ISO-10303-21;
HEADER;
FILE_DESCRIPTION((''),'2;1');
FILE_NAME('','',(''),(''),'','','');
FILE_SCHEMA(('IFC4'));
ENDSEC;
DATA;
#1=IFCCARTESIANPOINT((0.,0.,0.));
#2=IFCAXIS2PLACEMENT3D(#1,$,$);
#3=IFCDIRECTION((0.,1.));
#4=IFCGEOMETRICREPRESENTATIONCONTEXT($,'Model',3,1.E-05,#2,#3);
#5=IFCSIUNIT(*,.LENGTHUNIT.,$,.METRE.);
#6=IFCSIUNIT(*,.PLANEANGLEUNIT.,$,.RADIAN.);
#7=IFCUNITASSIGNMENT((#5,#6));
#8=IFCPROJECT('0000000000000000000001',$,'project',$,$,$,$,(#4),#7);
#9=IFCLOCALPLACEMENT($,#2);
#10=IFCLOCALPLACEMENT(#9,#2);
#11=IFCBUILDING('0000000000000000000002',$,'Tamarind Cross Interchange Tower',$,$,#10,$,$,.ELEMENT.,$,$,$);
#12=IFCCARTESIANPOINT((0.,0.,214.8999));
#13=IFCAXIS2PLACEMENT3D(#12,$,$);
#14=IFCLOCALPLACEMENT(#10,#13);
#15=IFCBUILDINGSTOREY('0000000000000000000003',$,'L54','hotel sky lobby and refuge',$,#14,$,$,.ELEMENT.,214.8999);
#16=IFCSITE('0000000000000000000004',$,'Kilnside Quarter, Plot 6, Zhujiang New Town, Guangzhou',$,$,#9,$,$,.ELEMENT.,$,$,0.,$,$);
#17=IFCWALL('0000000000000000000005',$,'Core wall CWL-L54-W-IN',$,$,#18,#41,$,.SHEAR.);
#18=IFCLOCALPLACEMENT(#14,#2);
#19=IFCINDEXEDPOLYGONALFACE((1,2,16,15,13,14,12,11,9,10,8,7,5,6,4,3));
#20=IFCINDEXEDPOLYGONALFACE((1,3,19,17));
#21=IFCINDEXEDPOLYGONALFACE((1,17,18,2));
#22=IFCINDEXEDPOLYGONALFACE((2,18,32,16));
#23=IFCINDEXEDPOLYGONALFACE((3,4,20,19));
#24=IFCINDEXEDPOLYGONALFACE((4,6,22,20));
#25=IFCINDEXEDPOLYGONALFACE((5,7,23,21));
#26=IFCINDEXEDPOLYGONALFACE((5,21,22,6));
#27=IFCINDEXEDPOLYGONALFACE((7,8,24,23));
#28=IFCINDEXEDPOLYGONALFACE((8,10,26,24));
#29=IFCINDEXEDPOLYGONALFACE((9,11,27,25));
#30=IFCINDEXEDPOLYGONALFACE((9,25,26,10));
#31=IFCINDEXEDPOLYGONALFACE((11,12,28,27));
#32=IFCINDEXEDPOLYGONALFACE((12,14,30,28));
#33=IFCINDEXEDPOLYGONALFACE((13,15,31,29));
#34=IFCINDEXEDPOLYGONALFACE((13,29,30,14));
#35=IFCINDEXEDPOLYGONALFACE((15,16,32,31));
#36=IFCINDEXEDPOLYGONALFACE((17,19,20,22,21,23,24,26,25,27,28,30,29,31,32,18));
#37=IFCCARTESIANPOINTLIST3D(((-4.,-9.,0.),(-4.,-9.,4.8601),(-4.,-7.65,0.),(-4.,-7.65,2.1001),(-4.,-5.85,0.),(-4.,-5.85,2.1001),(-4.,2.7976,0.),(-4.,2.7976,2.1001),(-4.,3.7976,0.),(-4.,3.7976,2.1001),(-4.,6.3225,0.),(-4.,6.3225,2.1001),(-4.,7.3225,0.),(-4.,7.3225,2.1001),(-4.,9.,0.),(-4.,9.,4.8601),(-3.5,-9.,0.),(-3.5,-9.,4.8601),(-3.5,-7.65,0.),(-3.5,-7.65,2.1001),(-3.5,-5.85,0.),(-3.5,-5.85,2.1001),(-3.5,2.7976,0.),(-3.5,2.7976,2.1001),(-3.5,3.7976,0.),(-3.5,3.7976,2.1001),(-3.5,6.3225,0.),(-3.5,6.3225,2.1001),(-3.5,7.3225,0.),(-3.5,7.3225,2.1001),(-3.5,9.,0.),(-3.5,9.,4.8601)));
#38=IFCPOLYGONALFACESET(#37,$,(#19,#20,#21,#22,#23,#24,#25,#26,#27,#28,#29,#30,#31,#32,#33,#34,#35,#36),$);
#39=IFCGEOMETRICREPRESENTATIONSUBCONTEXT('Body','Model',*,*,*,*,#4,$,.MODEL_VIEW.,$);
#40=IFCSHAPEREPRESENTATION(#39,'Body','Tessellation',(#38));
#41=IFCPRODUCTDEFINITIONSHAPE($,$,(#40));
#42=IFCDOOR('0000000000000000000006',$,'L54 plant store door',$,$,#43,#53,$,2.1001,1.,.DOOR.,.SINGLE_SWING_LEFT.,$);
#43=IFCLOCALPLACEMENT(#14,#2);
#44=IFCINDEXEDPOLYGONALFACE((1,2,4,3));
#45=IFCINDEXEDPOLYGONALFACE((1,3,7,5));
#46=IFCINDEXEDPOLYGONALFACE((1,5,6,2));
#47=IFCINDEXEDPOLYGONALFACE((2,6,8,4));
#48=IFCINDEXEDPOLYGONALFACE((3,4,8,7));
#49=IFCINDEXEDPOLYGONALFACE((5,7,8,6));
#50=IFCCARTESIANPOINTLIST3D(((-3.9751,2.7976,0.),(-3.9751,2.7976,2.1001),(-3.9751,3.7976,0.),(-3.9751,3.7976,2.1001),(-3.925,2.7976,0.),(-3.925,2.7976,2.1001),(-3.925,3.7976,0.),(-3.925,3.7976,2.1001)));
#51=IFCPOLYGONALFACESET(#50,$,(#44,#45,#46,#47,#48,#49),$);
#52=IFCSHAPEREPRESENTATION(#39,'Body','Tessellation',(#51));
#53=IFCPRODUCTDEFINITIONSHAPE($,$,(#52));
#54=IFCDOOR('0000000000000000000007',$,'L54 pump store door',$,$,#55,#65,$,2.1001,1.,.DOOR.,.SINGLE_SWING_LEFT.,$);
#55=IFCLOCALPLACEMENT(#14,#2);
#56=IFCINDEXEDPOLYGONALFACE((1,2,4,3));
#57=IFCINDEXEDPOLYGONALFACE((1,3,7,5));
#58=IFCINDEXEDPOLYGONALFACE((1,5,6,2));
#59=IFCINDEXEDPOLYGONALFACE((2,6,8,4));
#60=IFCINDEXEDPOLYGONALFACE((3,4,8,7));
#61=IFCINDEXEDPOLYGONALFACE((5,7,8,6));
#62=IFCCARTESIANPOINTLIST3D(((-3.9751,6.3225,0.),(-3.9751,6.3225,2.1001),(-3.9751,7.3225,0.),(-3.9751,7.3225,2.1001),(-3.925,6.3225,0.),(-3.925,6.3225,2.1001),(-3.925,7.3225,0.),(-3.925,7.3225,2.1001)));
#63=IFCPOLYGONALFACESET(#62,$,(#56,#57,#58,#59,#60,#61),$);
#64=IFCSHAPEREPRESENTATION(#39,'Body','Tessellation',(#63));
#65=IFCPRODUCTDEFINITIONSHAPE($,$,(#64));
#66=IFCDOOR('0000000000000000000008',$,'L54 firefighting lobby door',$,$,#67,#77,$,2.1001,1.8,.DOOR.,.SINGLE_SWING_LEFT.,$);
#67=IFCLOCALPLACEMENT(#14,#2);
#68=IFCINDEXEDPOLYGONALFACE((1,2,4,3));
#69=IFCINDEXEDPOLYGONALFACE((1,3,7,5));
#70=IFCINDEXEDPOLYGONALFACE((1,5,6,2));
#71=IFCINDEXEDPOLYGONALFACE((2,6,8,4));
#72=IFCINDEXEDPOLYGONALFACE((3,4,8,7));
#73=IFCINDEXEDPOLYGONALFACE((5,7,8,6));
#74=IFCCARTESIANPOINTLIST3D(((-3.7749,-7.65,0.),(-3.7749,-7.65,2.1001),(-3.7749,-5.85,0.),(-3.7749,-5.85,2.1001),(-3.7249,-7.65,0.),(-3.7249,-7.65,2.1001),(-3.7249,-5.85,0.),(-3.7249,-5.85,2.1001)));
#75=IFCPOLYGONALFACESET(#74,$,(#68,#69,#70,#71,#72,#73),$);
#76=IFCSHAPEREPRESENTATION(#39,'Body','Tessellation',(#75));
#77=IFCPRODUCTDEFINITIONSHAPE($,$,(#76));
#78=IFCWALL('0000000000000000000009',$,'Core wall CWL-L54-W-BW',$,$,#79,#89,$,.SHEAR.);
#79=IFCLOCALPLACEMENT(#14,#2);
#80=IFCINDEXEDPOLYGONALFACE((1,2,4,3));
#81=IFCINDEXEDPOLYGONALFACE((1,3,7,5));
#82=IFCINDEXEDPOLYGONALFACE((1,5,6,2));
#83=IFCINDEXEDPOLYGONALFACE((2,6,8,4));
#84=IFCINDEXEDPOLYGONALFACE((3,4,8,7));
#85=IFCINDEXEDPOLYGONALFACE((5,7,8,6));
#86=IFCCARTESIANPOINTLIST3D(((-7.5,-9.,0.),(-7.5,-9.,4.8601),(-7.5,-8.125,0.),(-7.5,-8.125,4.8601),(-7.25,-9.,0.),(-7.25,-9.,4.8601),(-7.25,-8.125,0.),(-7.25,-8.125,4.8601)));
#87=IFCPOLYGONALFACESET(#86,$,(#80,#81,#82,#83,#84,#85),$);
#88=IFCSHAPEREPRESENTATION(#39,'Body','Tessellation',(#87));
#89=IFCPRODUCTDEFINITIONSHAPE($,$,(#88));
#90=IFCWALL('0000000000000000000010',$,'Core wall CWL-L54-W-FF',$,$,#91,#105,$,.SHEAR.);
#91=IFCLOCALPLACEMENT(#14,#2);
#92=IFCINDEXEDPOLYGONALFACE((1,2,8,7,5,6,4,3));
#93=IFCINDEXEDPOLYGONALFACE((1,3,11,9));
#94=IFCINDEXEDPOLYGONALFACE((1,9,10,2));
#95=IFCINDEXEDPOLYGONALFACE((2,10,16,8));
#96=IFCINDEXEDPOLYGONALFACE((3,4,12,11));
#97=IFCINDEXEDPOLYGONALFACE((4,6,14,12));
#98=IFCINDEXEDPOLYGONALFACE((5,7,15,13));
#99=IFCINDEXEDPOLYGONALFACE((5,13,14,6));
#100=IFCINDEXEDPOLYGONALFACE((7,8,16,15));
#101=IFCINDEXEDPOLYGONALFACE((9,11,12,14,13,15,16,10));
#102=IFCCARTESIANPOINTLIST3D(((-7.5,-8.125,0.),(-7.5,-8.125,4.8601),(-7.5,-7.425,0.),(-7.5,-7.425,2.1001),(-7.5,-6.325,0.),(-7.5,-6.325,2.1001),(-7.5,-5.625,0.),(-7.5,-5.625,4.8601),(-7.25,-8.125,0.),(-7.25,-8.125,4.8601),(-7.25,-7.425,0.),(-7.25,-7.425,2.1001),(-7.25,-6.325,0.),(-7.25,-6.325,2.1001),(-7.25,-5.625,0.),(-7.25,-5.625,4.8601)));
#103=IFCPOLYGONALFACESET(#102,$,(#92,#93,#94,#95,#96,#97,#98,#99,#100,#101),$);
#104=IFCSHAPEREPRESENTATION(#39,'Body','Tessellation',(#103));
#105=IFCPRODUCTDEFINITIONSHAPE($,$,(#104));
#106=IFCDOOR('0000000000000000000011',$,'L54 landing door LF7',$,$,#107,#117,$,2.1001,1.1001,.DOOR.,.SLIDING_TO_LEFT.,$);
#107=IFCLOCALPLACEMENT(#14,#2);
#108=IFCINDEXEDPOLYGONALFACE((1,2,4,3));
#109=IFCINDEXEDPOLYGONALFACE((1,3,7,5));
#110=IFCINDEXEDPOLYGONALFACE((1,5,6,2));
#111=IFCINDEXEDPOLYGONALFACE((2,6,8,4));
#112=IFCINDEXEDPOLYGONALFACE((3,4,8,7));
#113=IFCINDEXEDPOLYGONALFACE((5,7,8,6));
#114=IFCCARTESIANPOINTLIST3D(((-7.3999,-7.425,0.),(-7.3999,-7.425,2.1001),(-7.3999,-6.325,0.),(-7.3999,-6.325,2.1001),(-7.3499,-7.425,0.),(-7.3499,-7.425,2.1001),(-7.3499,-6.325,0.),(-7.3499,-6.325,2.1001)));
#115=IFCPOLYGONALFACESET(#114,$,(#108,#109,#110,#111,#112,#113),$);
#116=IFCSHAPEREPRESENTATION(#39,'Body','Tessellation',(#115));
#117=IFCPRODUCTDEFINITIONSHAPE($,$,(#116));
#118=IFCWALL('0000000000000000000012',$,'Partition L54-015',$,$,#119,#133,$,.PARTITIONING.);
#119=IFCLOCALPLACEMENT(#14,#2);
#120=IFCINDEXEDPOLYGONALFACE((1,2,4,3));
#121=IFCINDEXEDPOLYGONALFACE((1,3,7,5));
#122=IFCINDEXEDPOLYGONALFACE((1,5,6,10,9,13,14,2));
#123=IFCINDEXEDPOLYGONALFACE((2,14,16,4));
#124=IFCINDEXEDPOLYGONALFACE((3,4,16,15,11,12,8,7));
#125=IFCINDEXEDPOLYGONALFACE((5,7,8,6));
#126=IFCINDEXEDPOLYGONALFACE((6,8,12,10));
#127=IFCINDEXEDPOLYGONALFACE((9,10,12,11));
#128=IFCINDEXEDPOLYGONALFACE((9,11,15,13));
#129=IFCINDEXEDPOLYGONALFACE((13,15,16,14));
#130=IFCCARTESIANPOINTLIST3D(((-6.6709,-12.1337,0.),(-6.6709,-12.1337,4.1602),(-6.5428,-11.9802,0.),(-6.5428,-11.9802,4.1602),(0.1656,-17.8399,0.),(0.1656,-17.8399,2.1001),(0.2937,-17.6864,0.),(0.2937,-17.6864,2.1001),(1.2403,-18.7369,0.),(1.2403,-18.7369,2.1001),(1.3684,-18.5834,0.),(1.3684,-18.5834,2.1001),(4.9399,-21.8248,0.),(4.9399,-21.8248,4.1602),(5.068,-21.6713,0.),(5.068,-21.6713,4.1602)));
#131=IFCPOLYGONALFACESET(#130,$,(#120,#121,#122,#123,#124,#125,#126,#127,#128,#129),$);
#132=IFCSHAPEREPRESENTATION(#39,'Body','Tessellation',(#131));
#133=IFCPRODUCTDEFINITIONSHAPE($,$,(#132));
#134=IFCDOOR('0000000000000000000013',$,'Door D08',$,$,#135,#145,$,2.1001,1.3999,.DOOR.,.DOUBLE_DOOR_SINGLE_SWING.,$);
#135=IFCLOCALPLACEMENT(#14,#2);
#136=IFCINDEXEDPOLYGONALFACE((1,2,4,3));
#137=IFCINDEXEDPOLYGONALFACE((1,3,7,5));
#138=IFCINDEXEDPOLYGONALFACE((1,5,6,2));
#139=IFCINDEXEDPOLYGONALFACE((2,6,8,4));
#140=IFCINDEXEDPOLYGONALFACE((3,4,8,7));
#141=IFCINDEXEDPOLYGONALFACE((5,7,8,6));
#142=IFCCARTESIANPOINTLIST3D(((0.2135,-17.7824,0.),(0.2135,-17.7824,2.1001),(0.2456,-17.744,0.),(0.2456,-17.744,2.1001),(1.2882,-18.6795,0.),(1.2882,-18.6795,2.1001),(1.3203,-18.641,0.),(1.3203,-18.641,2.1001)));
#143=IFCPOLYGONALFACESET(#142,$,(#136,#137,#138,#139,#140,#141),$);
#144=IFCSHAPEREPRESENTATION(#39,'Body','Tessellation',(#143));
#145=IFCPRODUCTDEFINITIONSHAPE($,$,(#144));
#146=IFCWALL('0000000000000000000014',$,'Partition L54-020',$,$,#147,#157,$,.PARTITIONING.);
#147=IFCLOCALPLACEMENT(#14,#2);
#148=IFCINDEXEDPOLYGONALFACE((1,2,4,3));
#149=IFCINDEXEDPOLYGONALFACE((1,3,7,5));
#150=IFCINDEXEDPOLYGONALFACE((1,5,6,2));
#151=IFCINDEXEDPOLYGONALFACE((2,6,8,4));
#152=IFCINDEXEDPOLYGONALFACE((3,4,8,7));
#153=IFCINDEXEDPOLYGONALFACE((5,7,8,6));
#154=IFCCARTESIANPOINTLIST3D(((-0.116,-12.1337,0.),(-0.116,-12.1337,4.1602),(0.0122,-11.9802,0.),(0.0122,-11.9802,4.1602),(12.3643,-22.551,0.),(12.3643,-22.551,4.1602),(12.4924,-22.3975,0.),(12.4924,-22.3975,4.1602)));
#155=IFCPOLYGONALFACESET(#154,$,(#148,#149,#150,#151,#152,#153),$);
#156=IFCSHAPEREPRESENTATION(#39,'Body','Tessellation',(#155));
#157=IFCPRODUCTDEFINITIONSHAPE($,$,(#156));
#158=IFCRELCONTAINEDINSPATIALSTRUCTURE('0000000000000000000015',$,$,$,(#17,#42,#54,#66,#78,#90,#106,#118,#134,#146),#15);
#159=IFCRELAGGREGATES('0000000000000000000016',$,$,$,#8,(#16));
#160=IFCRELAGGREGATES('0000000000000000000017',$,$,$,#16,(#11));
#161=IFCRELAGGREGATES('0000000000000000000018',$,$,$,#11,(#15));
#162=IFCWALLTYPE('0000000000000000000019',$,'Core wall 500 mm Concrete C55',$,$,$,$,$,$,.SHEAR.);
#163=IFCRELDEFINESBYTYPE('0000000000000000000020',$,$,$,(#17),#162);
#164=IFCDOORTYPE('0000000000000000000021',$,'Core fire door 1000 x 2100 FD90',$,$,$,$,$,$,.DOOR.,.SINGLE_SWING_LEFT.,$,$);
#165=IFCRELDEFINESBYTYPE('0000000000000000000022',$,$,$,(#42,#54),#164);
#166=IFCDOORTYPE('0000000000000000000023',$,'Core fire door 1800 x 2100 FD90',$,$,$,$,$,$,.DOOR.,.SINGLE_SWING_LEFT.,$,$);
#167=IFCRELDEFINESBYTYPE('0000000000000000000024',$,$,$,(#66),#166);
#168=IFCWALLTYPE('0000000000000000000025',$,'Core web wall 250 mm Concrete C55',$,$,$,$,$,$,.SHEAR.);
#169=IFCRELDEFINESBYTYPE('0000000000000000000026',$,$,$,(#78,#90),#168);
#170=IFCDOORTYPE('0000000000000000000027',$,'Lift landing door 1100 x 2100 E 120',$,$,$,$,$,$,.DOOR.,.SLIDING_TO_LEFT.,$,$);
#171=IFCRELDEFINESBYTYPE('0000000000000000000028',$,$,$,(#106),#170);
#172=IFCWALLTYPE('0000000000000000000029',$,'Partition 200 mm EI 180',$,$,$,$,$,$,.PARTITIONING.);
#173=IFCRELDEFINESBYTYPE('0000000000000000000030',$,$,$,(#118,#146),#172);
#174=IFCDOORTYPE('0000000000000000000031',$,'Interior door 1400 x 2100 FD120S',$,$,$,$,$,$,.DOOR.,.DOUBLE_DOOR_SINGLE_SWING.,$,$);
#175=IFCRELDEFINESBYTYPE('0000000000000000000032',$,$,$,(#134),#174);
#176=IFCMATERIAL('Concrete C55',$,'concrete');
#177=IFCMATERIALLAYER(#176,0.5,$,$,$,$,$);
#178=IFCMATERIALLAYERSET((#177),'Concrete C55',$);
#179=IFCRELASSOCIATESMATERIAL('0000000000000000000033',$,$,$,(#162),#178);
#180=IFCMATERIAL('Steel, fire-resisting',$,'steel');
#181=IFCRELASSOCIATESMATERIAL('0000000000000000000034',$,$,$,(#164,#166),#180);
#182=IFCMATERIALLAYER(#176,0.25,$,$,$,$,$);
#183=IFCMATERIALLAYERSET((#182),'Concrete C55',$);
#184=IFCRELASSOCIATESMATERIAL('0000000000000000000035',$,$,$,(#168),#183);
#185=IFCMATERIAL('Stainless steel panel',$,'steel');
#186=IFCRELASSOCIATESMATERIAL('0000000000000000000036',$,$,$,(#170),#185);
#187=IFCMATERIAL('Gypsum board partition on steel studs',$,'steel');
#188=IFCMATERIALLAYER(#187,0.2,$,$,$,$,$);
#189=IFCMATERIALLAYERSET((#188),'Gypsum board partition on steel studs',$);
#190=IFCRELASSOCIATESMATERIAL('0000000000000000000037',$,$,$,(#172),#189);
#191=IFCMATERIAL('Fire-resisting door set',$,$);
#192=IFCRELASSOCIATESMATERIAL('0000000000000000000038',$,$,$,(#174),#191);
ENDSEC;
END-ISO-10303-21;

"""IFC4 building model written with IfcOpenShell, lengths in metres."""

from ifc_helpers import new_model, si_unit, direction, frame, frame_2d, origin, place, context, subcontext, project, spatial, rectangle, extrude, material, layer, layer_set, type_object, element, fill, save


model = new_model("IFC4")

# Units and contexts
model_context = context("Model", 3, precision=1e-05, world=origin(), true_north=direction((0.0, 1.0)))
body_context = subcontext(model_context, "Body", "Model", "MODEL_VIEW")
ifc_project = project(units=[si_unit("LENGTHUNIT", "METRE"), si_unit("PLANEANGLEUNIT", "RADIAN")], contexts=[model_context])

# Site, building, storey
site_placement = place(None, origin())
site = spatial("IfcSite", under=ifc_project, at=site_placement, Name="Kilnside Quarter, Plot 6, Zhujiang New Town, Guangzhou", CompositionType="ELEMENT", RefElevation=0.0)
building_placement = place(site_placement, origin())
building = spatial("IfcBuilding", under=site, at=building_placement, Name="Tamarind Cross Interchange Tower", CompositionType="ELEMENT")
storey_placement = place(building_placement, frame((0.0, 0.0, 214.8999)))
storey = spatial("IfcBuildingStorey", under=building, at=storey_placement, Name="L54", Description="hotel sky lobby and refuge", CompositionType="ELEMENT", Elevation=214.8999)

# Wall, openings, doors
ifc_material_1 = material(Name="Concrete C55", Category="concrete")
ifc_layer_1 = layer(ifc_material_1, 0.5)
ifc_layer_set_1 = layer_set([ifc_layer_1], Name="Concrete C55")
wall_type_1 = type_object("IfcWallType", Name="Core wall 500 mm Concrete C55", PredefinedType="SHEAR", material=ifc_layer_set_1)
wall_1_placement = place(storey_placement, frame((-3.75, -9.0, 0.0), z_axis=(0.0, 0.0, 1.0), x_axis=(0.0, 1.0, 0.0)))
wall_1 = element("IfcWall", 1, at=wall_1_placement, inside=storey, type_object=wall_type_1, Name="Core wall CWL-L54-W-IN", PredefinedType="SHEAR", context=body_context, shape_type="SweptSolid", body=[
    extrude(rectangle(XDim=18.0, YDim=0.5, at=frame_2d((9.0, 0.0))), origin(), (0.0, 0.0, 1.0), 4.8601),
])
opening_1_placement = place(wall_1_placement, frame((1.3501, 0.0, 0.0)))
opening_1 = element("IfcOpeningElement", 2, at=opening_1_placement, cuts=wall_1, PredefinedType="OPENING", context=body_context, shape_type="SweptSolid", body=[
    extrude(rectangle(XDim=1.8, YDim=2.1001, at=frame_2d((0.8999, 1.05))), frame((0.0, 0.26, 0.0), z_axis=(0.0, -1.0, 0.0), x_axis=(1.0, 0.0, 0.0)), (0.0, 0.0, 1.0), 0.52),
])
opening_2_placement = place(wall_1_placement, frame((11.7976, 0.0, 0.0)))
opening_2 = element("IfcOpeningElement", 3, at=opening_2_placement, cuts=wall_1, PredefinedType="OPENING", context=body_context, shape_type="SweptSolid", body=[
    extrude(rectangle(XDim=1.0, YDim=2.1001, at=frame_2d((0.5, 1.05))), frame((0.0, 0.26, 0.0), z_axis=(0.0, -1.0, 0.0), x_axis=(1.0, 0.0, 0.0)), (0.0, 0.0, 1.0), 0.52),
])
opening_3_placement = place(wall_1_placement, frame((15.3225, 0.0, 0.0)))
opening_3 = element("IfcOpeningElement", 4, at=opening_3_placement, cuts=wall_1, PredefinedType="OPENING", context=body_context, shape_type="SweptSolid", body=[
    extrude(rectangle(XDim=1.0, YDim=2.1001, at=frame_2d((0.5, 1.05))), frame((0.0, 0.26, 0.0), z_axis=(0.0, -1.0, 0.0), x_axis=(1.0, 0.0, 0.0)), (0.0, 0.0, 1.0), 0.52),
])
ifc_material_2 = material(Name="Steel, fire-resisting", Category="steel")
door_type_1 = type_object("IfcDoorType", Name="Core fire door 1000 x 2100 FD90", OperationType="SINGLE_SWING_LEFT", PredefinedType="DOOR", material=ifc_material_2)
door_1_placement = place(opening_2_placement, origin())
door_1 = element("IfcDoor", 5, at=door_1_placement, inside=storey, type_object=door_type_1, Name="L54 plant store door", OperationType="SINGLE_SWING_LEFT", OverallHeight=2.1001, OverallWidth=1.0, PredefinedType="DOOR", context=body_context, shape_type="SweptSolid", body=[
    extrude(rectangle(XDim=1.0, YDim=2.1001, at=frame_2d((0.5, 1.05))), frame((0.0, 0.2251, 0.0), z_axis=(0.0, -1.0, 0.0), x_axis=(1.0, 0.0, 0.0)), (0.0, 0.0, 1.0), 0.05),
])
fill(opening_2, door_1)
door_2_placement = place(opening_3_placement, origin())
door_2 = element("IfcDoor", 6, at=door_2_placement, inside=storey, type_object=door_type_1, Name="L54 pump store door", OperationType="SINGLE_SWING_LEFT", OverallHeight=2.1001, OverallWidth=1.0, PredefinedType="DOOR", context=body_context, shape_type="SweptSolid", body=[
    extrude(rectangle(XDim=1.0, YDim=2.1001, at=frame_2d((0.5, 1.05))), frame((0.0, 0.2251, 0.0), z_axis=(0.0, -1.0, 0.0), x_axis=(1.0, 0.0, 0.0)), (0.0, 0.0, 1.0), 0.05),
])
fill(opening_3, door_2)
door_type_2 = type_object("IfcDoorType", Name="Core fire door 1800 x 2100 FD90", OperationType="SINGLE_SWING_LEFT", PredefinedType="DOOR", material=ifc_material_2)
door_3_placement = place(opening_1_placement, origin())
door_3 = element("IfcDoor", 7, at=door_3_placement, inside=storey, type_object=door_type_2, Name="L54 firefighting lobby door", OperationType="SINGLE_SWING_LEFT", OverallHeight=2.1001, OverallWidth=1.8, PredefinedType="DOOR", context=body_context, shape_type="SweptSolid", body=[
    extrude(rectangle(XDim=1.8, YDim=2.1001, at=frame_2d((0.8999, 1.05))), frame((0.0, 0.0249, 0.0), z_axis=(0.0, -1.0, 0.0), x_axis=(1.0, 0.0, 0.0)), (0.0, 0.0, 1.0), 0.05),
])
fill(opening_1, door_3)

# Wall
ifc_layer_2 = layer(ifc_material_1, 0.25)
ifc_layer_set_2 = layer_set([ifc_layer_2], Name="Concrete C55")
wall_type_2 = type_object("IfcWallType", Name="Core web wall 250 mm Concrete C55", PredefinedType="SHEAR", material=ifc_layer_set_2)
wall_2_placement = place(storey_placement, frame((-7.375, -9.0, 0.0), z_axis=(0.0, 0.0, 1.0), x_axis=(0.0, 1.0, 0.0)))
element("IfcWall", 8, at=wall_2_placement, inside=storey, type_object=wall_type_2, Name="Core wall CWL-L54-W-BW", PredefinedType="SHEAR", context=body_context, shape_type="SweptSolid", body=[
    extrude(rectangle(XDim=0.875, YDim=0.25, at=frame_2d((0.4375, 0.0))), origin(), (0.0, 0.0, 1.0), 4.8601),
])

# Walls, openings, doors
wall_3_placement = place(storey_placement, frame((-7.375, -8.125, 0.0), z_axis=(0.0, 0.0, 1.0), x_axis=(0.0, 1.0, 0.0)))
wall_3 = element("IfcWall", 9, at=wall_3_placement, inside=storey, type_object=wall_type_2, Name="Core wall CWL-L54-W-FF", PredefinedType="SHEAR", context=body_context, shape_type="SweptSolid", body=[
    extrude(rectangle(XDim=2.5, YDim=0.25, at=frame_2d((1.25, 0.0))), origin(), (0.0, 0.0, 1.0), 4.8601),
])
opening_4_placement = place(wall_3_placement, frame((0.7, 0.0, 0.0)))
opening_4 = element("IfcOpeningElement", 10, at=opening_4_placement, cuts=wall_3, PredefinedType="OPENING", context=body_context, shape_type="SweptSolid", body=[
    extrude(rectangle(XDim=1.1001, YDim=2.1001, at=frame_2d((0.55, 1.05))), frame((0.0, 0.135, 0.0), z_axis=(0.0, -1.0, 0.0), x_axis=(1.0, 0.0, 0.0)), (0.0, 0.0, 1.0), 0.27),
])
ifc_material_3 = material(Name="Stainless steel panel", Category="steel")
door_type_3 = type_object("IfcDoorType", Name="Lift landing door 1100 x 2100 E 120", OperationType="SLIDING_TO_LEFT", PredefinedType="DOOR", material=ifc_material_3)
door_4_placement = place(opening_4_placement, origin())
door_4 = element("IfcDoor", 11, at=door_4_placement, inside=storey, type_object=door_type_3, Name="L54 landing door LF7", OperationType="SLIDING_TO_LEFT", OverallHeight=2.1001, OverallWidth=1.1001, PredefinedType="DOOR", context=body_context, shape_type="SweptSolid", body=[
    extrude(rectangle(XDim=1.1001, YDim=2.1001, at=frame_2d((0.55, 1.05))), frame((0.0, 0.0249, 0.0), z_axis=(0.0, -1.0, 0.0), x_axis=(1.0, 0.0, 0.0)), (0.0, 0.0, 1.0), 0.05),
])
fill(opening_4, door_4)
ifc_material_4 = material(Name="Gypsum board partition on steel studs", Category="steel")
ifc_layer_3 = layer(ifc_material_4, 0.2)
ifc_layer_set_3 = layer_set([ifc_layer_3], Name="Gypsum board partition on steel studs")
wall_type_3 = type_object("IfcWallType", Name="Partition 200 mm EI 180", PredefinedType="PARTITIONING", material=ifc_layer_set_3)
wall_4_placement = place(storey_placement, frame((-6.6069, -12.0569, 0.0), z_axis=(0.0, 0.0, 1.0), x_axis=(0.767718, -0.640788, 0.0)))
wall_4 = element("IfcWall", 12, at=wall_4_placement, inside=storey, type_object=wall_type_3, Name="Partition L54-015", PredefinedType="PARTITIONING", context=body_context, shape_type="SweptSolid", body=[
    extrude(rectangle(XDim=15.1238, YDim=0.2, at=frame_2d((7.562, 0.0))), origin(), (0.0, 0.0, 1.0), 4.1602),
])
opening_5_placement = place(wall_4_placement, frame((8.905, 0.0, 0.0)))
opening_5 = element("IfcOpeningElement", 13, at=opening_5_placement, cuts=wall_4, PredefinedType="OPENING", context=body_context, shape_type="SweptSolid", body=[
    extrude(rectangle(XDim=1.3999, YDim=2.1001, at=frame_2d((0.7, 1.05))), frame((0.0, 0.1099, 0.0), z_axis=(0.0, -1.0, 0.0), x_axis=(1.0, 0.0, 0.0)), (0.0, 0.0, 1.0), 0.22),
])
ifc_material_5 = material(Name="Fire-resisting door set")
door_type_4 = type_object("IfcDoorType", Name="Interior door 1400 x 2100 FD120S", OperationType="DOUBLE_DOOR_SINGLE_SWING", PredefinedType="DOOR", material=ifc_material_5)
door_5_placement = place(opening_5_placement, origin())
door_5 = element("IfcDoor", 14, at=door_5_placement, inside=storey, type_object=door_type_4, Name="Door D08", OperationType="DOUBLE_DOOR_SINGLE_SWING", OverallHeight=2.1001, OverallWidth=1.3999, PredefinedType="DOOR", context=body_context, shape_type="SweptSolid", body=[
    extrude(rectangle(XDim=1.3999, YDim=2.1001, at=frame_2d((0.7, 1.05))), frame((0.0, 0.0249, 0.0), z_axis=(0.0, -1.0, 0.0), x_axis=(1.0, 0.0, 0.0)), (0.0, 0.0, 1.0), 0.05),
])
fill(opening_5, door_5)

# Wall
wall_5_placement = place(storey_placement, frame((-0.052, -12.0569, 0.0), z_axis=(0.0, 0.0, 1.0), x_axis=(0.767705, -0.640803, 0.0)))
element("IfcWall", 15, at=wall_5_placement, inside=storey, type_object=wall_type_3, Name="Partition L54-020", PredefinedType="PARTITIONING", context=body_context, shape_type="SweptSolid", body=[
    extrude(rectangle(XDim=16.2566, YDim=0.2, at=frame_2d((8.1284, 0.0))), origin(), (0.0, 0.0, 1.0), 4.1602),
])

save(model, "model.ifc")
